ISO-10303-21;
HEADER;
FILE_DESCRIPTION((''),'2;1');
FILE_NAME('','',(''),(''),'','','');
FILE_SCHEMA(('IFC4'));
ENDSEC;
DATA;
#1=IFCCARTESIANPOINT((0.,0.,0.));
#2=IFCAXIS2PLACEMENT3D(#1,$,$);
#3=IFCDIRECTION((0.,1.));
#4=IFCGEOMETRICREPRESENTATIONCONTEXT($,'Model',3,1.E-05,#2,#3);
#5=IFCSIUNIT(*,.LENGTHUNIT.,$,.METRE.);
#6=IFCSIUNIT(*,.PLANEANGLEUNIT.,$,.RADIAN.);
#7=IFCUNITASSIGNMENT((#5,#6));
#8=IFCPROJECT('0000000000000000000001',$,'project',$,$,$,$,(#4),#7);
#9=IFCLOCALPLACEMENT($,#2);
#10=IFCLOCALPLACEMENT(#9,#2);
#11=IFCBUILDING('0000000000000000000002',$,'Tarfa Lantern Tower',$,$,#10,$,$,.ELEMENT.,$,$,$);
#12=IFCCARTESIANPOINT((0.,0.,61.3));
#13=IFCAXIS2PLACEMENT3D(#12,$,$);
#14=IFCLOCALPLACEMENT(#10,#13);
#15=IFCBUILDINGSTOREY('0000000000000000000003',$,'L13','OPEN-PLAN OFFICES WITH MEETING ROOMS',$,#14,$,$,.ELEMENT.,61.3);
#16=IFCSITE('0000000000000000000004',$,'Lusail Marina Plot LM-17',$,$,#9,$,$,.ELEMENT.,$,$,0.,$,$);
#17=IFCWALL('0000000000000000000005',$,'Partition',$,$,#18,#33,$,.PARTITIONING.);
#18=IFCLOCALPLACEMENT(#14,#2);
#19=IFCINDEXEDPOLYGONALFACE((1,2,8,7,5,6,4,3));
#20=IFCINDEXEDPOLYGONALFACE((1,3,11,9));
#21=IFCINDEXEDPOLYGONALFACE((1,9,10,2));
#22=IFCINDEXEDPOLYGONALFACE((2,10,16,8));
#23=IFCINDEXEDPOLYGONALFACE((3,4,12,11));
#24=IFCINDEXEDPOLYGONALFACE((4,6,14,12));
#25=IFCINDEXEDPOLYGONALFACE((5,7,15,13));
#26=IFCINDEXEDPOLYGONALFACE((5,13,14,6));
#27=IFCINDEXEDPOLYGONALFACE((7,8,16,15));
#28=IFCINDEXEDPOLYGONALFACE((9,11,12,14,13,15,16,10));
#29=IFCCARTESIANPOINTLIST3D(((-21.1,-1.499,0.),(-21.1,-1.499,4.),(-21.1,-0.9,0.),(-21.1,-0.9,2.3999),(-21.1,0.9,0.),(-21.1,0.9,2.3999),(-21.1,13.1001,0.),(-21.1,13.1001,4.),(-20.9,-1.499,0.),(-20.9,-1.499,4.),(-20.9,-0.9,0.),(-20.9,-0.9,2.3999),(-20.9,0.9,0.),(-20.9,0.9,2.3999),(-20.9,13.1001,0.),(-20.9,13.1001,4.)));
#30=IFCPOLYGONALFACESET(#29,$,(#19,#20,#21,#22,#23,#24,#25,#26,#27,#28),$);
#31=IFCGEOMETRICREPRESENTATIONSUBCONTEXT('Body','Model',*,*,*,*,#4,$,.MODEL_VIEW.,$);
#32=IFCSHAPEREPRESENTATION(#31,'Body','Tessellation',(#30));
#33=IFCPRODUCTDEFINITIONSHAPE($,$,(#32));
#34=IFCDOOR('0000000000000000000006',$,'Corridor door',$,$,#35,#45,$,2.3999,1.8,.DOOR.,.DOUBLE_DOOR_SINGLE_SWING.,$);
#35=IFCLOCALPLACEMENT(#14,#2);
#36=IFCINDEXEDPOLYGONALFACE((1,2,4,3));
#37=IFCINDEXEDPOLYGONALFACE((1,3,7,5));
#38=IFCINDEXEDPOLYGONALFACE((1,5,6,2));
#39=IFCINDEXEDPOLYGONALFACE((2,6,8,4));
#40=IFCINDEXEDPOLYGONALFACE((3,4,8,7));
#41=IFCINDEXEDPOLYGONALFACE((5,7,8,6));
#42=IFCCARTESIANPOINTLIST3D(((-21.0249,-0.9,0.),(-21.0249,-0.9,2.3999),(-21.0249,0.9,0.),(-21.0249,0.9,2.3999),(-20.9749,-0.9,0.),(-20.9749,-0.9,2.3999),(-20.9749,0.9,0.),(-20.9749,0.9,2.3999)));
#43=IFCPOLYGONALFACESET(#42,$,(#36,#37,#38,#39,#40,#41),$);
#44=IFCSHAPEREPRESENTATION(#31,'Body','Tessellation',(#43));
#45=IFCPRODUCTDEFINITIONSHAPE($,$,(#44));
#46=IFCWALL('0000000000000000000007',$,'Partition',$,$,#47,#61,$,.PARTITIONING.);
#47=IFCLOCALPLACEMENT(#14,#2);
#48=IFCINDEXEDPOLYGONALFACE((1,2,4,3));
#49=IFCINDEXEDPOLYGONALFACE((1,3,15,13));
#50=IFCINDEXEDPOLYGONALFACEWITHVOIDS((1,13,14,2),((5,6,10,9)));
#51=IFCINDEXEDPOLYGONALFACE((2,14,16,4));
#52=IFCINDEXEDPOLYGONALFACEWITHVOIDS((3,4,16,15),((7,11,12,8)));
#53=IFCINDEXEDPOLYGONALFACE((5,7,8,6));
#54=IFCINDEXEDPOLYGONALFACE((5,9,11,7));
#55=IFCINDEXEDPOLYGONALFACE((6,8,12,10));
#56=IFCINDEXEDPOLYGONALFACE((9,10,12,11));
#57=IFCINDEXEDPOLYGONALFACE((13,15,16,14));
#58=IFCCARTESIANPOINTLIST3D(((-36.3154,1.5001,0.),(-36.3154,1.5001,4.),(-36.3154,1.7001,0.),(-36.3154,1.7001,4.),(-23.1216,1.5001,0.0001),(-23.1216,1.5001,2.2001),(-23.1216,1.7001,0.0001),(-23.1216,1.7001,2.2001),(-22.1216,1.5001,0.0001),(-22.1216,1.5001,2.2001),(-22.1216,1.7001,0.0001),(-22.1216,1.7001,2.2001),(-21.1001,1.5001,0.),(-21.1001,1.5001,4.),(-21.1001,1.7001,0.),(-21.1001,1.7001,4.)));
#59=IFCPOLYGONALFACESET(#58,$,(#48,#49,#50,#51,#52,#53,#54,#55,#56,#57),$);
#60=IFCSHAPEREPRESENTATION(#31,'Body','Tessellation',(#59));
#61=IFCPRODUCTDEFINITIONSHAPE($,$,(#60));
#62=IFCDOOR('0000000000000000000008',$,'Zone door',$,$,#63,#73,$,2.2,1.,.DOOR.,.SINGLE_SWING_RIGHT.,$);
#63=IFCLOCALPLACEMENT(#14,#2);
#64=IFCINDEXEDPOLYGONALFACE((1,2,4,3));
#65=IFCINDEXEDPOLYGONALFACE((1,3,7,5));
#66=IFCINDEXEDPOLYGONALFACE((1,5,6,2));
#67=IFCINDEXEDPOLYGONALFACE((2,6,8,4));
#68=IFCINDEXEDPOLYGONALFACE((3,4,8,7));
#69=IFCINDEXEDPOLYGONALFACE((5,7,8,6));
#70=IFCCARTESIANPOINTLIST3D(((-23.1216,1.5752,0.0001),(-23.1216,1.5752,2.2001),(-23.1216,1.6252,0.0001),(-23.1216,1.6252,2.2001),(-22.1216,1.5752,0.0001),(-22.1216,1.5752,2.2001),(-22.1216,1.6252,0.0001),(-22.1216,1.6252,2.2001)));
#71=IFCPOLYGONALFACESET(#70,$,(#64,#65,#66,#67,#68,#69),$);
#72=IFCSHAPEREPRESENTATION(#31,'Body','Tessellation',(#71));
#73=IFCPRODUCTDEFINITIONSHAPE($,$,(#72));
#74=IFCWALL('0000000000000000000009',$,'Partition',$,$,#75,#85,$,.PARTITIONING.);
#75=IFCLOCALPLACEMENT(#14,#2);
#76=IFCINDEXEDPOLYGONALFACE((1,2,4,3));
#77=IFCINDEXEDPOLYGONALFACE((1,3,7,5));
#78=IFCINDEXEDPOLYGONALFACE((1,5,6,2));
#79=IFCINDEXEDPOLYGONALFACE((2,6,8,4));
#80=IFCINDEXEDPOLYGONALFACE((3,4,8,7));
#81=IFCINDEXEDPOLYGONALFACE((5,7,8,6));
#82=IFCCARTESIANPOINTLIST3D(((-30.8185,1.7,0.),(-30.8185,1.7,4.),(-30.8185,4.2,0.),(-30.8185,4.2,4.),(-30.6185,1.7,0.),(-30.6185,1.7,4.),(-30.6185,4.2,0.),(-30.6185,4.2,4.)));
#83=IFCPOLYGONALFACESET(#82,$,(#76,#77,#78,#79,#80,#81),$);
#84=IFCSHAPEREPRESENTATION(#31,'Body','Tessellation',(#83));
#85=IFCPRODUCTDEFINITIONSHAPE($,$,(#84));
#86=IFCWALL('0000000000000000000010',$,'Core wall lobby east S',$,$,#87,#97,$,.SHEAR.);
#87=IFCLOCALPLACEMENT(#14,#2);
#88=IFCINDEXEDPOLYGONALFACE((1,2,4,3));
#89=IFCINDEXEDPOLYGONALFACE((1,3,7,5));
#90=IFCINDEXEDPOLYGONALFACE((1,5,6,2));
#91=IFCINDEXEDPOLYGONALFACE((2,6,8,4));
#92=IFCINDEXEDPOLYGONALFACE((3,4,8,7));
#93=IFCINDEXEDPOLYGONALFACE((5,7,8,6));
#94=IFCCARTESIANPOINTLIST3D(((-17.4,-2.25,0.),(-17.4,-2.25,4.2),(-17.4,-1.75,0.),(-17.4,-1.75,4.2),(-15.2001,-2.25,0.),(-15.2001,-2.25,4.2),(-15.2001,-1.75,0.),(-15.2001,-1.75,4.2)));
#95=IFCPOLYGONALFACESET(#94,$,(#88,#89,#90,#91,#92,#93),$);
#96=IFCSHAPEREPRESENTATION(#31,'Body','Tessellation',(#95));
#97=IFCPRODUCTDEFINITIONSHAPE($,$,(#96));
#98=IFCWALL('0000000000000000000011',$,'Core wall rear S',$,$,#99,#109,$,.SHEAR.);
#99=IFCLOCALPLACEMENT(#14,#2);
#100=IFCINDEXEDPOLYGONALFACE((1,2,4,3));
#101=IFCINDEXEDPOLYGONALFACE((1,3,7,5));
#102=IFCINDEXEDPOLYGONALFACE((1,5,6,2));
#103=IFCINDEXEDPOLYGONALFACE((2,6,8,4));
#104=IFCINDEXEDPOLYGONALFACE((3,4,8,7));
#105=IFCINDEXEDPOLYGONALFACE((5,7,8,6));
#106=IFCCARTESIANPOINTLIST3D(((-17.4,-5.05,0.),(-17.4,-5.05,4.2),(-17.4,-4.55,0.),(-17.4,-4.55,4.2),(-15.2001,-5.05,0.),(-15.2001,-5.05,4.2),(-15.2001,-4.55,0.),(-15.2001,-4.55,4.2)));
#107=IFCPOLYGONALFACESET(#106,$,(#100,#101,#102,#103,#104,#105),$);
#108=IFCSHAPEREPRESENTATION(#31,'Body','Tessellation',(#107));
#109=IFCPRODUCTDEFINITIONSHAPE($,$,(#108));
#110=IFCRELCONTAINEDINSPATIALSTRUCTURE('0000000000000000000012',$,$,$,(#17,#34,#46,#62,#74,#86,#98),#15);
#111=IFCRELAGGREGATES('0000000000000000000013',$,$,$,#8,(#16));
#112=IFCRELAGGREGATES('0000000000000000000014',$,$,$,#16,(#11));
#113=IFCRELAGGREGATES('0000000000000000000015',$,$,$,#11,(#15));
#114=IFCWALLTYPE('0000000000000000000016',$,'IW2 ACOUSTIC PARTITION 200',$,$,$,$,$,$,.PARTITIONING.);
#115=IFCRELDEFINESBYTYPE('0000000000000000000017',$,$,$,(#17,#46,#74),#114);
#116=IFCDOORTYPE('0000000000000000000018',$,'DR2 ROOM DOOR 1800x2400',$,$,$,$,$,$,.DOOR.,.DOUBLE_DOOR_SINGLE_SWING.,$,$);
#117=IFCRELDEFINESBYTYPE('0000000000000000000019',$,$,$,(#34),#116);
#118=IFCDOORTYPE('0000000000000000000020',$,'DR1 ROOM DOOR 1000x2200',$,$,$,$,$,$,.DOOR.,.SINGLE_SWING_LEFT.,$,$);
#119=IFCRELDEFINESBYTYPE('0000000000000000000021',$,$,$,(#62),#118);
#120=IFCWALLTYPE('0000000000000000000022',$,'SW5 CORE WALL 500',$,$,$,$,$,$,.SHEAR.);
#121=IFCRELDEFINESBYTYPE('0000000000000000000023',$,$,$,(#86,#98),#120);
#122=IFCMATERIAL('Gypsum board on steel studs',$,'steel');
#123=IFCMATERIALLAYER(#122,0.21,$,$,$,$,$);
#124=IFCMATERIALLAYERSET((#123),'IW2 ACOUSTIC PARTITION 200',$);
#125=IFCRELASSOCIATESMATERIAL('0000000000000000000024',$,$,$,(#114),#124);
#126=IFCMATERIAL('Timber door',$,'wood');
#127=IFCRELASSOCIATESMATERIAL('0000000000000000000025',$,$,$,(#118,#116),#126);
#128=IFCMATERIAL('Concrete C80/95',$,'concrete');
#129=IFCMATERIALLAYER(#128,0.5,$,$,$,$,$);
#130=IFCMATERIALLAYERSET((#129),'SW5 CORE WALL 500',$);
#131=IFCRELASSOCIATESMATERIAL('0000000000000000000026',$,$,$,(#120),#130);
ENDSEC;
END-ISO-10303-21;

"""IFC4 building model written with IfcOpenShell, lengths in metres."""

from ifc_helpers import new_model, si_unit, direction, frame, frame_2d, origin, place, context, subcontext, project, spatial, rectangle, extrude, material, layer, layer_set, type_object, element, fill, save


model = new_model("IFC4")

# Units and contexts
model_context = context("Model", 3, precision=1e-05, world=origin(), true_north=direction((0.0, 1.0)))
body_context = subcontext(model_context, "Body", "Model", "MODEL_VIEW")
ifc_project = project(units=[si_unit("LENGTHUNIT", "METRE"), si_unit("PLANEANGLEUNIT", "RADIAN")], contexts=[model_context])

# Site, building, storey
site_placement = place(None, origin())
site = spatial("IfcSite", under=ifc_project, at=site_placement, Name="Lusail Marina Plot LM-17", CompositionType="ELEMENT", RefElevation=0.0)
building_placement = place(site_placement, origin())
building = spatial("IfcBuilding", under=site, at=building_placement, Name="Tarfa Lantern Tower", CompositionType="ELEMENT")
storey_placement = place(building_placement, frame((0.0, 0.0, 61.3)))
storey = spatial("IfcBuildingStorey", under=building, at=storey_placement, Name="L13", Description="OPEN-PLAN OFFICES WITH MEETING ROOMS", CompositionType="ELEMENT", Elevation=61.3)

# Shared definitions
ifc_material_1 = material(Name="Concrete C80/95", Category="concrete")

# Shared definitions
ifc_material_2 = material(Name="Gypsum board on steel studs", Category="steel")
ifc_layer_1 = layer(ifc_material_2, 0.21)
ifc_layer_set_1 = layer_set([ifc_layer_1], Name="IW2 ACOUSTIC PARTITION 200")
wall_type_1 = type_object("IfcWallType", Name="IW2 ACOUSTIC PARTITION 200", PredefinedType="PARTITIONING", material=ifc_layer_set_1)
ifc_material_3 = material(Name="Timber door", Category="wood")
door_type_1 = type_object("IfcDoorType", Name="DR1 ROOM DOOR 1000x2200", OperationType="SINGLE_SWING_LEFT", PredefinedType="DOOR", material=ifc_material_3)

# Walls, openings, doors
wall_1_placement = place(storey_placement, frame((-21.0, -1.499, 0.0), z_axis=(0.0, 0.0, 1.0), x_axis=(0.0, 1.0, 0.0)))
wall_1 = element("IfcWall", 1, at=wall_1_placement, inside=storey, type_object=wall_type_1, Name="Partition", PredefinedType="PARTITIONING", context=body_context, shape_type="SweptSolid", body=[
    extrude(rectangle(XDim=14.5991, YDim=0.2, at=frame_2d((7.2996, 0.0))), origin(), (0.0, 0.0, 1.0), 4.0),
])
opening_1_placement = place(wall_1_placement, frame((0.5991, 0.0, 0.0)))
opening_1 = element("IfcOpeningElement", 2, at=opening_1_placement, cuts=wall_1, PredefinedType="OPENING", context=body_context, shape_type="SweptSolid", body=[
    extrude(rectangle(XDim=1.8, YDim=2.3999, at=frame_2d((0.8999, 1.2))), frame((0.0, 0.1099, 0.0), z_axis=(0.0, -1.0, 0.0), x_axis=(1.0, 0.0, 0.0)), (0.0, 0.0, 1.0), 0.22),
])
door_type_2 = type_object("IfcDoorType", Name="DR2 ROOM DOOR 1800x2400", OperationType="DOUBLE_DOOR_SINGLE_SWING", PredefinedType="DOOR", material=ifc_material_3)
door_1_placement = place(opening_1_placement, origin())
door_1 = element("IfcDoor", 3, at=door_1_placement, inside=storey, type_object=door_type_2, Name="Corridor door", OperationType="DOUBLE_DOOR_SINGLE_SWING", OverallHeight=2.3999, OverallWidth=1.8, PredefinedType="DOOR", context=body_context, shape_type="SweptSolid", body=[
    extrude(rectangle(XDim=1.8, YDim=2.3999, at=frame_2d((0.8999, 1.2))), frame((0.0, 0.0249, 0.0), z_axis=(0.0, -1.0, 0.0), x_axis=(1.0, 0.0, 0.0)), (0.0, 0.0, 1.0), 0.05),
])
fill(opening_1, door_1)
wall_2_placement = place(storey_placement, frame((-21.1001, 1.6001, 0.0), z_axis=(0.0, 0.0, 1.0), x_axis=(-1.0, 0.0, 0.0)))
wall_2 = element("IfcWall", 4, at=wall_2_placement, inside=storey, type_object=wall_type_1, Name="Partition", PredefinedType="PARTITIONING", context=body_context, shape_type="SweptSolid", body=[
    extrude(rectangle(XDim=15.2153, YDim=0.2, at=frame_2d((7.6077, 0.0))), origin(), (0.0, 0.0, 1.0), 4.0),
])
opening_2_placement = place(wall_2_placement, frame((1.0215, 0.0, 0.0)))
opening_2 = element("IfcOpeningElement", 5, at=opening_2_placement, cuts=wall_2, PredefinedType="OPENING", context=body_context, shape_type="SweptSolid", body=[
    extrude(rectangle(XDim=1.0, YDim=2.2, at=frame_2d((0.5, 1.1001))), frame((0.0, 0.1099, 0.0), z_axis=(0.0, -1.0, 0.0), x_axis=(1.0, 0.0, 0.0)), (0.0, 0.0, 1.0), 0.22),
])
door_2_placement = place(opening_2_placement, origin())
door_2 = element("IfcDoor", 6, at=door_2_placement, inside=storey, type_object=door_type_1, Name="Zone door", OperationType="SINGLE_SWING_RIGHT", OverallHeight=2.2, OverallWidth=1.0, PredefinedType="DOOR", context=body_context, shape_type="SweptSolid", body=[
    extrude(rectangle(XDim=1.0, YDim=2.2, at=frame_2d((0.5, 1.1001))), frame((0.0, 0.0249, 0.0), z_axis=(0.0, -1.0, 0.0), x_axis=(1.0, 0.0, 0.0)), (0.0, 0.0, 1.0), 0.05),
])
fill(opening_2, door_2)

# Walls
wall_3_placement = place(storey_placement, frame((-30.7185, 1.7, 0.0), z_axis=(0.0, 0.0, 1.0), x_axis=(0.0, 1.0, 0.0)))
element("IfcWall", 7, at=wall_3_placement, inside=storey, type_object=wall_type_1, Name="Partition", PredefinedType="PARTITIONING", context=body_context, shape_type="SweptSolid", body=[
    extrude(rectangle(XDim=2.5, YDim=0.2, at=frame_2d((1.25, 0.0))), origin(), (0.0, 0.0, 1.0), 4.0),
])
ifc_layer_2 = layer(ifc_material_1, 0.5)
ifc_layer_set_2 = layer_set([ifc_layer_2], Name="SW5 CORE WALL 500")
wall_type_2 = type_object("IfcWallType", Name="SW5 CORE WALL 500", PredefinedType="SHEAR", material=ifc_layer_set_2)
for number, where, z_axis, x_axis, name in (
    (8, (-15.2, -2.0, 0.0), (0.0, 0.0, 1.0), (-1.0, 0.0, 0.0), "Core wall lobby east S"),
    (9, (-15.2, -4.8, 0.0), (0.0, 0.0, 1.0), (-1.0, 0.0, 0.0), "Core wall rear S"),
):
    element("IfcWall", number, at=place(storey_placement, frame(where, z_axis=z_axis, x_axis=x_axis)), inside=storey, type_object=wall_type_2, Name=name, PredefinedType="SHEAR", context=body_context, shape_type="SweptSolid", body=[
        extrude(rectangle(XDim=2.2, YDim=0.5, at=frame_2d((1.1001, 0.0))), origin(), (0.0, 0.0, 1.0), 4.2),
    ])

save(model, "model.ifc")
